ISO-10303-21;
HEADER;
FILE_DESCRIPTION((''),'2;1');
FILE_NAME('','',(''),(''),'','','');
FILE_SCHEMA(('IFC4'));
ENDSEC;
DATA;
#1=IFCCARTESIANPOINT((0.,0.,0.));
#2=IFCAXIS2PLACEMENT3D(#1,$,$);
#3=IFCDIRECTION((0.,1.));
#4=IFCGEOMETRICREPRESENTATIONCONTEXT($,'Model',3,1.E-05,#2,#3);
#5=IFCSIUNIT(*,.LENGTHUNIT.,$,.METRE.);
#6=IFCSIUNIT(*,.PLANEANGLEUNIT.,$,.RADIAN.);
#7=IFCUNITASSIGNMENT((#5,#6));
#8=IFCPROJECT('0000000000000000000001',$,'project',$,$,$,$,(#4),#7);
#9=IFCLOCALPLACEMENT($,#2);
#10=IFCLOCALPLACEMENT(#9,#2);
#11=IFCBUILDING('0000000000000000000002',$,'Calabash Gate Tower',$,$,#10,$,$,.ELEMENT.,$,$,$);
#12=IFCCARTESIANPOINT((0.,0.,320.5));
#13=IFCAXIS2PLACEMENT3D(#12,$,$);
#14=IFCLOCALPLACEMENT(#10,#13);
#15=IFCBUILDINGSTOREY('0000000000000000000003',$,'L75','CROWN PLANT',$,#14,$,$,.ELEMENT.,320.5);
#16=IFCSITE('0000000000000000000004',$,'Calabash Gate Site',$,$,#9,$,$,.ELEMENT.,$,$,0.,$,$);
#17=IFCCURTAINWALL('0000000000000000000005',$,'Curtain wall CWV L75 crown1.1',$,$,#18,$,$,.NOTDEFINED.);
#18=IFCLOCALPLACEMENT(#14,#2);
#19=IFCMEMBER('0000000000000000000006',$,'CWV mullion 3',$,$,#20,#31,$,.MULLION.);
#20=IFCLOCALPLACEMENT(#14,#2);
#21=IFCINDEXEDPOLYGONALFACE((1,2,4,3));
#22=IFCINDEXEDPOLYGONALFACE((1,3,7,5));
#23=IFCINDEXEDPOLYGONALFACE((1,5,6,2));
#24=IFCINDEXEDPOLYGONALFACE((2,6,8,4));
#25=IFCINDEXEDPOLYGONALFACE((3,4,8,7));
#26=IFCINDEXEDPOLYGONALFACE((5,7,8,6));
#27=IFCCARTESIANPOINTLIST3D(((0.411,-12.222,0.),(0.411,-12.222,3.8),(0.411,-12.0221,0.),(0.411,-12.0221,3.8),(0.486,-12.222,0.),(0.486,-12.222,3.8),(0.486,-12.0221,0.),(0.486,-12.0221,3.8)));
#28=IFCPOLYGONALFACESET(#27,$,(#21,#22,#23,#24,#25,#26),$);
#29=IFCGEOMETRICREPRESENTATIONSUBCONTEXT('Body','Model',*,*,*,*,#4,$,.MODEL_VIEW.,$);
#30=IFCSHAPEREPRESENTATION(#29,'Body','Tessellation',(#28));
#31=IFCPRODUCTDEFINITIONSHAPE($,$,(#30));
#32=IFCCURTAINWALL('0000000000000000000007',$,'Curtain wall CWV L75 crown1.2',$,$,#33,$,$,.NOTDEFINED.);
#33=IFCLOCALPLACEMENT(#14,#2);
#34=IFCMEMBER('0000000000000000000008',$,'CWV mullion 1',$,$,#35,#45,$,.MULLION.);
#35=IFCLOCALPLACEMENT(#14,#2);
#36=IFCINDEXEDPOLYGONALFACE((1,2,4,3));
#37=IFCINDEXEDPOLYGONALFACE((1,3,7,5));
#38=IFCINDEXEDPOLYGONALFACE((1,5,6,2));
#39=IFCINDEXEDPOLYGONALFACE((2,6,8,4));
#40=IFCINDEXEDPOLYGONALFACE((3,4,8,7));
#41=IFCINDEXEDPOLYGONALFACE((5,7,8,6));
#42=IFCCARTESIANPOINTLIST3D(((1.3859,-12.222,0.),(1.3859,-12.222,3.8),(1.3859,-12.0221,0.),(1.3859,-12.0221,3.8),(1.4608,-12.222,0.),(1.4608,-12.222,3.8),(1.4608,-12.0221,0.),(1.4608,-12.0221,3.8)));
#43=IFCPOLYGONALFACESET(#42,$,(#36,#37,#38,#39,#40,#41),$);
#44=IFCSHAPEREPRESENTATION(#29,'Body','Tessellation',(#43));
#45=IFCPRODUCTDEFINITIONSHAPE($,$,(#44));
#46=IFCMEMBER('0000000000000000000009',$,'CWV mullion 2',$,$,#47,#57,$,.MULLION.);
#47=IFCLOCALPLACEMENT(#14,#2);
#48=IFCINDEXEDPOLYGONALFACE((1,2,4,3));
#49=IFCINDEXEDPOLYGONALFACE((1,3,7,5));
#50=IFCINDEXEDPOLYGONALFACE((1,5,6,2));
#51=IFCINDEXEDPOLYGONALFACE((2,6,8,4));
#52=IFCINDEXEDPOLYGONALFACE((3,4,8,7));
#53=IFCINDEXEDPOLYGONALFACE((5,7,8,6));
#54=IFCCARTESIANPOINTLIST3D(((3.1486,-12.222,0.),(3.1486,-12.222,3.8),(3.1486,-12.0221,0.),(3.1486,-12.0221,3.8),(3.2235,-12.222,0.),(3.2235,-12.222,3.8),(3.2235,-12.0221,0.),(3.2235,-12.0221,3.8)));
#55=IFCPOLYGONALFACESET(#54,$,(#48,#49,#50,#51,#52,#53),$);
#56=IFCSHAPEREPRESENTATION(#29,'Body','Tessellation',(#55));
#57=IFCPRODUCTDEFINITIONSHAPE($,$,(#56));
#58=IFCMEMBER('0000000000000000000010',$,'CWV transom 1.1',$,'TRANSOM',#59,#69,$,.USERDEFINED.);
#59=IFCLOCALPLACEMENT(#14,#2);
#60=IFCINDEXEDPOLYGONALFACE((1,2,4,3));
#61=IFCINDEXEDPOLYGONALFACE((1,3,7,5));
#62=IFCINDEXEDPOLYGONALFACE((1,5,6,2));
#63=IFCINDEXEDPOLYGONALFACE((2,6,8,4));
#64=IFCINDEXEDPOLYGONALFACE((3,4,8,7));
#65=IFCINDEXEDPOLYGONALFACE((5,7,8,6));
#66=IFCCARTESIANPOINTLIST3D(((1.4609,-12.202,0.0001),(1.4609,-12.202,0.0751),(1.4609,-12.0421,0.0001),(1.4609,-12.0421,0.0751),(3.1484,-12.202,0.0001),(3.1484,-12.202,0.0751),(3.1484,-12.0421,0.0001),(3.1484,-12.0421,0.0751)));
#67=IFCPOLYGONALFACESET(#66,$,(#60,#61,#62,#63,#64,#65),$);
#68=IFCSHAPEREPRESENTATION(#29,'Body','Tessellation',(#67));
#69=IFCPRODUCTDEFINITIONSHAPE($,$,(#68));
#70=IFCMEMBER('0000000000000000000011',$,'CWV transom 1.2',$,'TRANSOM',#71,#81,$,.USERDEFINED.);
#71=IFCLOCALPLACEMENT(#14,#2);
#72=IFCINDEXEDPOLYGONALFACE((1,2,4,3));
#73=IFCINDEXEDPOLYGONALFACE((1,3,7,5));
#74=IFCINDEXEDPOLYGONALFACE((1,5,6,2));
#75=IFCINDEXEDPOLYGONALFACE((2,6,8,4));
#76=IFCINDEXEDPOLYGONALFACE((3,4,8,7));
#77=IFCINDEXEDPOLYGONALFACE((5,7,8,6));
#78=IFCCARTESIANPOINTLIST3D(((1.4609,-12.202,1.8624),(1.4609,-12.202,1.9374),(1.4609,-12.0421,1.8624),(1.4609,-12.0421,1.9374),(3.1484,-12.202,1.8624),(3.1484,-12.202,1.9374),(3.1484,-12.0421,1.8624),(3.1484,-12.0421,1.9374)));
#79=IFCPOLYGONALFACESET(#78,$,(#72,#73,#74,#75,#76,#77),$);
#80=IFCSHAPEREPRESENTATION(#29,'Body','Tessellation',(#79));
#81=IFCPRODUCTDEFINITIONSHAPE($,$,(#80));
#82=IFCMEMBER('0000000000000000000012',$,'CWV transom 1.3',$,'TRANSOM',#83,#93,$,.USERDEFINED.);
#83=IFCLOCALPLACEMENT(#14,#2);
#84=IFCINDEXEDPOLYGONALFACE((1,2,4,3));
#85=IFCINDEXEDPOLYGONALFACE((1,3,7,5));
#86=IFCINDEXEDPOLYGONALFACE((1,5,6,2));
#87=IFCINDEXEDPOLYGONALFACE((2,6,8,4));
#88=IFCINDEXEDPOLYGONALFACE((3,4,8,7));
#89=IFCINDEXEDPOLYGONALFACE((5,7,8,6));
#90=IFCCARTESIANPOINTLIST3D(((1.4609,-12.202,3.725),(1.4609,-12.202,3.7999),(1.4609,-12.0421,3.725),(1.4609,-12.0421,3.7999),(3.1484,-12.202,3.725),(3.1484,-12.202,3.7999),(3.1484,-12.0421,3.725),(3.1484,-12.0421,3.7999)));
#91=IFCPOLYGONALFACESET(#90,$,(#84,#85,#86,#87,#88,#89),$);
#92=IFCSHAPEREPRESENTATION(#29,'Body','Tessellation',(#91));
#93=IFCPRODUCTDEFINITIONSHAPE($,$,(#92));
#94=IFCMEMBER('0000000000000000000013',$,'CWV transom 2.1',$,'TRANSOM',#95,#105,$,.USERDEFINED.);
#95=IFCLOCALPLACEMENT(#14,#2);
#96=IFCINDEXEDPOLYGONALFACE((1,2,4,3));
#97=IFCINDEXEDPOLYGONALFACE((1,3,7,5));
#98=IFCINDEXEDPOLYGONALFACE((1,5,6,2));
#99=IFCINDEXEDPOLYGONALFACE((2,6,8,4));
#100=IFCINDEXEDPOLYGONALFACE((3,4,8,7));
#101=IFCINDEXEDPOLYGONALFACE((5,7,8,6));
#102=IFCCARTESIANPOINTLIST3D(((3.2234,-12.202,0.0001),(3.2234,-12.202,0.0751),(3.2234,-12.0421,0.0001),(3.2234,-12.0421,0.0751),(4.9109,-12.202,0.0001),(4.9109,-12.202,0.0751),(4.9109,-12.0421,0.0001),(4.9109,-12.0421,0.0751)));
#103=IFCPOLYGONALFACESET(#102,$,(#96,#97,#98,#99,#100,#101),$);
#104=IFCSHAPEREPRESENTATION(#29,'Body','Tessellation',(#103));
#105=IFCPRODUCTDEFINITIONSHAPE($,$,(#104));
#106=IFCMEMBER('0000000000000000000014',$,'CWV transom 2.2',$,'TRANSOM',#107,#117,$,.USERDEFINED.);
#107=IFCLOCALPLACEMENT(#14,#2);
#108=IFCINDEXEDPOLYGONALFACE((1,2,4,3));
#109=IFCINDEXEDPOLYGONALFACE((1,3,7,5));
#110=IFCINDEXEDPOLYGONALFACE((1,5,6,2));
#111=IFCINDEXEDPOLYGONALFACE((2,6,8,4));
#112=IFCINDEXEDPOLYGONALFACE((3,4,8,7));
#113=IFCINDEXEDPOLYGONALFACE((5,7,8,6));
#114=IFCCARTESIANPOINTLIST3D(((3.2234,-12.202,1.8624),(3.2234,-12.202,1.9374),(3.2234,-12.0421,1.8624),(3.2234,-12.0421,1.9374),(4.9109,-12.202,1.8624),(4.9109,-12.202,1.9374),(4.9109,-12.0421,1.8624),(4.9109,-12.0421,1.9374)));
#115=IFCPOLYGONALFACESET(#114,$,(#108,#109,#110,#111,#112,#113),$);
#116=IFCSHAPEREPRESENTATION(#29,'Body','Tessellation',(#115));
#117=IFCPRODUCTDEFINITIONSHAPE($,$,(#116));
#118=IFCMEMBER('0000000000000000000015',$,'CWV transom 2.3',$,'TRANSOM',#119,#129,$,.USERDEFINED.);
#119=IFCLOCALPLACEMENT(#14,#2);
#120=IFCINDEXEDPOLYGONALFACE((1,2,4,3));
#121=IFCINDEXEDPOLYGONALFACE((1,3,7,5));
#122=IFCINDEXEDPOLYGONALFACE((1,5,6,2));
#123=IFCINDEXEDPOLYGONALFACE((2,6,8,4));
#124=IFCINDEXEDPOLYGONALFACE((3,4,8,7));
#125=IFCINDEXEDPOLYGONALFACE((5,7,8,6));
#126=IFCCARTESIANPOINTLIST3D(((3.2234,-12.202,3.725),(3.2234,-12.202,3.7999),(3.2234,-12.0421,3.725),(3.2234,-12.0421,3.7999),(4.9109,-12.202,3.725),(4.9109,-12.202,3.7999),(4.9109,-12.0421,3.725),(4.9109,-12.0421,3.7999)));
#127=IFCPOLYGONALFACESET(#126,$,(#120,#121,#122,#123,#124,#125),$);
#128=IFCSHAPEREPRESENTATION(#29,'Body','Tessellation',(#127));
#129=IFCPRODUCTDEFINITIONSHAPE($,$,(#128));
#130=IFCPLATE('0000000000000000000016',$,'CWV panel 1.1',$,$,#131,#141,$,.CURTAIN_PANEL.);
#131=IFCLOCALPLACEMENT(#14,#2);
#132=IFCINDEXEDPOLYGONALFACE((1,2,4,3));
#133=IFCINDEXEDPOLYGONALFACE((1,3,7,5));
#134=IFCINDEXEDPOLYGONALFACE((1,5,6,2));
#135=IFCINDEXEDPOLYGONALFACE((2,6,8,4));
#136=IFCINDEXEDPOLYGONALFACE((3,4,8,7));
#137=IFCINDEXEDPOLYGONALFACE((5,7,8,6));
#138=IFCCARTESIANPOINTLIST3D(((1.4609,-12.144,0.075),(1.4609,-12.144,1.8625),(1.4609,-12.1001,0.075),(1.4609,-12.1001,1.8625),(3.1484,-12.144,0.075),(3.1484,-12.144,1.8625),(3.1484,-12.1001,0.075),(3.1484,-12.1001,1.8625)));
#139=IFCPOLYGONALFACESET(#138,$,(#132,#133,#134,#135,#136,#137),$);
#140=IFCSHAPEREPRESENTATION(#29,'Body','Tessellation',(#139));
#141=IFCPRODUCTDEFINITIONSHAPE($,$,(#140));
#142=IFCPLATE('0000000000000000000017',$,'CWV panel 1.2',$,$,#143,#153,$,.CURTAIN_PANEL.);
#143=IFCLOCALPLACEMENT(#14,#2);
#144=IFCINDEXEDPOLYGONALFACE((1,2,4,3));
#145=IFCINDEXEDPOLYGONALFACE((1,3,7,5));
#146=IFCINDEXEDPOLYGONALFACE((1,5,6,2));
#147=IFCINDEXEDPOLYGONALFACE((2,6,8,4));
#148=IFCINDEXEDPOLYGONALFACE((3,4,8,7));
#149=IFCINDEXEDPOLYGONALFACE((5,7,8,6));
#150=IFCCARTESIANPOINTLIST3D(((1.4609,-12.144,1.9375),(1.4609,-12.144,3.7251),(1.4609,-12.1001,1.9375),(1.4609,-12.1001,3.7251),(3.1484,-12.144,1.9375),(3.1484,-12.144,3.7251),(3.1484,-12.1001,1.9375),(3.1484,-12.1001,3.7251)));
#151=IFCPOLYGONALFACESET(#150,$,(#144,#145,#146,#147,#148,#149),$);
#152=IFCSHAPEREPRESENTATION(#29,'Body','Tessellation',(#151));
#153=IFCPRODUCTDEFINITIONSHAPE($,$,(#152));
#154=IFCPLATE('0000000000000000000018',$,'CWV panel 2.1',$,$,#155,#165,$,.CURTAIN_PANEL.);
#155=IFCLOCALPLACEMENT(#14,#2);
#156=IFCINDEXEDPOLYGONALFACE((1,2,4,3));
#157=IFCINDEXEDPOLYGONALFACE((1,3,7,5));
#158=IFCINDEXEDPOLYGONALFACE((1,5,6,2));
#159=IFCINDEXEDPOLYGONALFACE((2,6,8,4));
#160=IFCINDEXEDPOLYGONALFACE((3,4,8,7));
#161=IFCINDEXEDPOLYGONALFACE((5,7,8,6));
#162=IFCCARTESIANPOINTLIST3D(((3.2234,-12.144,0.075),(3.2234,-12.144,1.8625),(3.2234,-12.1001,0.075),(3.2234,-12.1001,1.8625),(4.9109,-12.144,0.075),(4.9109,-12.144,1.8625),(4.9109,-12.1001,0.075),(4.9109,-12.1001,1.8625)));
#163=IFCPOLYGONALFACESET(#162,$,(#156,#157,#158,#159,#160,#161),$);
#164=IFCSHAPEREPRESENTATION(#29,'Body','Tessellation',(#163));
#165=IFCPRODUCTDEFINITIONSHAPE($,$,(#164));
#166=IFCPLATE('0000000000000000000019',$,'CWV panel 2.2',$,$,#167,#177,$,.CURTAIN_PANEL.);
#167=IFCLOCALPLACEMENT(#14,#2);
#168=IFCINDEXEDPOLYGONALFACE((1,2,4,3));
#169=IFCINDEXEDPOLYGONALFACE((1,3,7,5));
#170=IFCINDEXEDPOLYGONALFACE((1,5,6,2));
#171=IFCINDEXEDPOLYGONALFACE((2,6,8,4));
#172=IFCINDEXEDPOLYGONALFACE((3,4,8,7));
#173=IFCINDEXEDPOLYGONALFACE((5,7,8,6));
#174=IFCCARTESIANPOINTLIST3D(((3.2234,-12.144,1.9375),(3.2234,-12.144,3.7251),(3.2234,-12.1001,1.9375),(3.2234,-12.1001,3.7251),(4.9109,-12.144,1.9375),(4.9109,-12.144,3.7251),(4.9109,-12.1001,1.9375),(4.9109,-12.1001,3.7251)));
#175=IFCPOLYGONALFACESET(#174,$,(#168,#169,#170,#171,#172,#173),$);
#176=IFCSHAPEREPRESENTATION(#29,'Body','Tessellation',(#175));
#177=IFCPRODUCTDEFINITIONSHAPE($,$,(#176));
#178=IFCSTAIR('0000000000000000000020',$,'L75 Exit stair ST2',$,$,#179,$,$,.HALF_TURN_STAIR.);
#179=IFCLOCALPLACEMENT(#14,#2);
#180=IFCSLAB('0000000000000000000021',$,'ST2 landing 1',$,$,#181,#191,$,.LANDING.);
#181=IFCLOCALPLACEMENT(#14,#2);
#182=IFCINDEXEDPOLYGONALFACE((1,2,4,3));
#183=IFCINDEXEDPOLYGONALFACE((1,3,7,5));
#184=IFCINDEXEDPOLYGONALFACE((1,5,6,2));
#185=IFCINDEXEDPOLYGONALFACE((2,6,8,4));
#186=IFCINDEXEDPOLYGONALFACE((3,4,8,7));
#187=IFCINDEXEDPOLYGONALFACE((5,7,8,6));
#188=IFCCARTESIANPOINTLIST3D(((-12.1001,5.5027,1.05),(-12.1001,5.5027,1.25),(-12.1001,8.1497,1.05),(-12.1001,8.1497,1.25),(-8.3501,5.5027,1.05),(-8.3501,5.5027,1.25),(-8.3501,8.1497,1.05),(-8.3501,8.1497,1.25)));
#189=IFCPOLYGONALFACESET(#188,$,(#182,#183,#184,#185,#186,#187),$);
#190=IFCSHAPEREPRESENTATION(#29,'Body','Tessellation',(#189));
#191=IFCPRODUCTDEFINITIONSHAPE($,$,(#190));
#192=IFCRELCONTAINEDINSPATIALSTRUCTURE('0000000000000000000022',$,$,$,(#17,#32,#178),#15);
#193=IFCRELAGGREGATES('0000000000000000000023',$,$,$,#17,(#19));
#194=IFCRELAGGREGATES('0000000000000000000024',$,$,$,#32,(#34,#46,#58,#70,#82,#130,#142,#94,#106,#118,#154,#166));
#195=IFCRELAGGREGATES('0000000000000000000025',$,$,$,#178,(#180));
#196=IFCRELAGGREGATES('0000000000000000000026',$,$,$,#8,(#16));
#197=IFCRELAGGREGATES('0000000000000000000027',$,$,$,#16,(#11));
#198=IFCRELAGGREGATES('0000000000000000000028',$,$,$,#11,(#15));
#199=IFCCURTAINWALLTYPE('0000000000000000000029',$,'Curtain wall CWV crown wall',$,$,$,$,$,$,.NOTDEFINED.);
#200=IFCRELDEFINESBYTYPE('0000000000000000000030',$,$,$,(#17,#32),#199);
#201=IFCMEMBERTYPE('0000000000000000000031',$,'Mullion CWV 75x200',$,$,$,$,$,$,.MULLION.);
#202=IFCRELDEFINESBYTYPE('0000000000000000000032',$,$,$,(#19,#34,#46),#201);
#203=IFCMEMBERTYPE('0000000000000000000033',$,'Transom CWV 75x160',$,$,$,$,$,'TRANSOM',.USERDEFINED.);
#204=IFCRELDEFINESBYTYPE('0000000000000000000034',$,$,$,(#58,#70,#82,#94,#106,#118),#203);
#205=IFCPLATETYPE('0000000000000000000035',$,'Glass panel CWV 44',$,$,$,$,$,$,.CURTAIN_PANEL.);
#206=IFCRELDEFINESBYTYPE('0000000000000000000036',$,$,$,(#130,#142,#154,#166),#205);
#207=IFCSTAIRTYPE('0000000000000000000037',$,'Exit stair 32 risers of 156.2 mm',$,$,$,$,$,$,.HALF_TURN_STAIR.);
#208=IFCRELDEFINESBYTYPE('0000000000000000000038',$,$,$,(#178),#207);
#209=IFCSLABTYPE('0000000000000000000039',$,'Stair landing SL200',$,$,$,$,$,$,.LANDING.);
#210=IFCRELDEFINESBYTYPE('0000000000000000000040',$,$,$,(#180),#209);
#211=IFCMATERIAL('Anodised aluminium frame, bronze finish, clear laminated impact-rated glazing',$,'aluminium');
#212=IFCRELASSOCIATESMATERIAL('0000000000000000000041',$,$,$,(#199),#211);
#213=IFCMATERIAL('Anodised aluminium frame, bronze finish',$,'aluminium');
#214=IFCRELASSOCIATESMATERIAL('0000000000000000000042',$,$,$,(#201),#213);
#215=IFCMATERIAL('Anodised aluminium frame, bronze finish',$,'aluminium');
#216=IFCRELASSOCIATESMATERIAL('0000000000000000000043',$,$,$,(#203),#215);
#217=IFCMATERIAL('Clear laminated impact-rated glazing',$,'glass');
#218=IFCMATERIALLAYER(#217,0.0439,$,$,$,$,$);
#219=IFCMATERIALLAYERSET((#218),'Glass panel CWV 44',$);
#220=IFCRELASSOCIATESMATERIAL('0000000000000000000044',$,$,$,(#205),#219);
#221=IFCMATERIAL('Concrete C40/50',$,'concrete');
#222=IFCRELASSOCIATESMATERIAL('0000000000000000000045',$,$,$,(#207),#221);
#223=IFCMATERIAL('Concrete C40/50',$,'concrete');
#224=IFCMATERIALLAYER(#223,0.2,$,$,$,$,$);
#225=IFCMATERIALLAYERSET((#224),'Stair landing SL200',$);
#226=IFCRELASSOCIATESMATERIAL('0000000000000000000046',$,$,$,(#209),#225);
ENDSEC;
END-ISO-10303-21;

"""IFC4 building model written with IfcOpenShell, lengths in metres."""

from ifc_helpers import new_model, si_unit, direction, frame, origin, origin_2d, place, context, subcontext, project, spatial, polyline, rectangle, outline, extrude, material, layer, layer_set, material_profile, profile_set, type_object, element, aggregate, save


model = new_model("IFC4")

# Units and contexts
model_context = context("Model", 3, precision=1e-05, world=origin(), true_north=direction((0.0, 1.0)))
body_context = subcontext(model_context, "Body", "Model", "MODEL_VIEW")
ifc_project = project(units=[si_unit("LENGTHUNIT", "METRE"), si_unit("PLANEANGLEUNIT", "RADIAN")], contexts=[model_context])

# Site, building, storey
site_placement = place(None, origin())
site = spatial("IfcSite", under=ifc_project, at=site_placement, Name="Calabash Gate Site", CompositionType="ELEMENT", RefElevation=0.0)
building_placement = place(site_placement, origin())
building = spatial("IfcBuilding", under=site, at=building_placement, Name="Calabash Gate Tower", CompositionType="ELEMENT")
storey_placement = place(building_placement, frame((0.0, 0.0, 320.5)))
storey = spatial("IfcBuildingStorey", under=building, at=storey_placement, Name="L75", Description="CROWN PLANT", CompositionType="ELEMENT", Elevation=320.5)

# Curtain wall, member
ifc_material_1 = material(Name="Anodised aluminium frame, bronze finish, clear laminated impact-rated glazing", Category="aluminium")
curtain_wall_type = type_object("IfcCurtainWallType", Name="Curtain wall CWV crown wall", PredefinedType="NOTDEFINED", material=ifc_material_1)
curtain_wall_1_placement = place(storey_placement, origin())
curtain_wall_1 = element("IfcCurtainWall", 1, at=curtain_wall_1_placement, inside=storey, type_object=curtain_wall_type, Name="Curtain wall CWV L75 crown1.1", PredefinedType="NOTDEFINED")
ifc_material_2 = material(Name="Anodised aluminium frame, bronze finish", Category="aluminium")
ifc_material_profile_1 = material_profile(ifc_material_2, rectangle(XDim=0.2, YDim=0.075, at=origin_2d()))
ifc_profile_set_1 = profile_set([ifc_material_profile_1], Name="Anodised aluminium frame, bronze finish")
member_type_1 = type_object("IfcMemberType", Name="Mullion CWV 75x200", PredefinedType="MULLION", material=ifc_profile_set_1)
member_1_placement = place(storey_placement, frame((0.4485, -12.1221, 0.0), z_axis=(0.0, 0.0, 1.0), x_axis=(0.0, 1.0, 0.0)))
member_1 = element("IfcMember", 2, at=member_1_placement, type_object=member_type_1, Name="CWV mullion 3", PredefinedType="MULLION", context=body_context, shape_type="SweptSolid", body=[
    extrude(rectangle(XDim=0.2, YDim=0.075, at=origin_2d()), origin(), (0.0, 0.0, 1.0), 3.8),
])
aggregate(curtain_wall_1, [member_1])

# Curtain wall, members, plates
curtain_wall_2_placement = place(storey_placement, origin())
curtain_wall_2 = element("IfcCurtainWall", 3, at=curtain_wall_2_placement, inside=storey, type_object=curtain_wall_type, Name="Curtain wall CWV L75 crown1.2", PredefinedType="NOTDEFINED")
member_2_placement = place(storey_placement, frame((1.4233, -12.1221, 0.0), z_axis=(0.0, 0.0, 1.0), x_axis=(0.0, 1.0, 0.0)))
member_2 = element("IfcMember", 4, at=member_2_placement, type_object=member_type_1, Name="CWV mullion 1", PredefinedType="MULLION", context=body_context, shape_type="SweptSolid", body=[
    extrude(rectangle(XDim=0.2, YDim=0.075, at=origin_2d()), origin(), (0.0, 0.0, 1.0), 3.8),
])
member_3_placement = place(storey_placement, frame((3.186, -12.1221, 0.0), z_axis=(0.0, 0.0, 1.0), x_axis=(0.0, 1.0, 0.0)))
member_3 = element("IfcMember", 5, at=member_3_placement, type_object=member_type_1, Name="CWV mullion 2", PredefinedType="MULLION", context=body_context, shape_type="SweptSolid", body=[
    extrude(rectangle(XDim=0.2, YDim=0.075, at=origin_2d()), origin(), (0.0, 0.0, 1.0), 3.8),
])
ifc_material_3 = material(Name="Anodised aluminium frame, bronze finish", Category="aluminium")
ifc_material_profile_2 = material_profile(ifc_material_3, rectangle(XDim=0.1599, YDim=0.075, at=origin_2d()))
ifc_profile_set_2 = profile_set([ifc_material_profile_2], Name="Anodised aluminium frame, bronze finish")
member_type_2 = type_object("IfcMemberType", Name="Transom CWV 75x160", ElementType="TRANSOM", PredefinedType="USERDEFINED", material=ifc_profile_set_2)
member_4_placement = place(storey_placement, frame((1.4609, -12.1221, 0.0376), z_axis=(1.0, 0.0, 0.0), x_axis=(0.0, 1.0, 0.0)))
member_4 = element("IfcMember", 6, at=member_4_placement, type_object=member_type_2, Name="CWV transom 1.1", ObjectType="TRANSOM", PredefinedType="USERDEFINED", context=body_context, shape_type="SweptSolid", body=[
    extrude(rectangle(XDim=0.1599, YDim=0.075, at=origin_2d()), origin(), (0.0, 0.0, 1.0), 1.6875),
])
member_5_placement = place(storey_placement, frame((1.4609, -12.1221, 1.8999), z_axis=(1.0, 0.0, 0.0), x_axis=(0.0, 1.0, 0.0)))
member_5 = element("IfcMember", 7, at=member_5_placement, type_object=member_type_2, Name="CWV transom 1.2", ObjectType="TRANSOM", PredefinedType="USERDEFINED", context=body_context, shape_type="SweptSolid", body=[
    extrude(rectangle(XDim=0.1599, YDim=0.075, at=origin_2d()), origin(), (0.0, 0.0, 1.0), 1.6875),
])
member_6_placement = place(storey_placement, frame((1.4609, -12.1221, 3.7625), z_axis=(1.0, 0.0, 0.0), x_axis=(0.0, 1.0, 0.0)))
member_6 = element("IfcMember", 8, at=member_6_placement, type_object=member_type_2, Name="CWV transom 1.3", ObjectType="TRANSOM", PredefinedType="USERDEFINED", context=body_context, shape_type="SweptSolid", body=[
    extrude(rectangle(XDim=0.1599, YDim=0.075, at=origin_2d()), origin(), (0.0, 0.0, 1.0), 1.6875),
])
member_7_placement = place(storey_placement, frame((3.2234, -12.1221, 0.0376), z_axis=(1.0, 0.0, 0.0), x_axis=(0.0, 1.0, 0.0)))
member_7 = element("IfcMember", 9, at=member_7_placement, type_object=member_type_2, Name="CWV transom 2.1", ObjectType="TRANSOM", PredefinedType="USERDEFINED", context=body_context, shape_type="SweptSolid", body=[
    extrude(rectangle(XDim=0.1599, YDim=0.075, at=origin_2d()), origin(), (0.0, 0.0, 1.0), 1.6875),
])
member_8_placement = place(storey_placement, frame((3.2234, -12.1221, 1.8999), z_axis=(1.0, 0.0, 0.0), x_axis=(0.0, 1.0, 0.0)))
member_8 = element("IfcMember", 10, at=member_8_placement, type_object=member_type_2, Name="CWV transom 2.2", ObjectType="TRANSOM", PredefinedType="USERDEFINED", context=body_context, shape_type="SweptSolid", body=[
    extrude(rectangle(XDim=0.1599, YDim=0.075, at=origin_2d()), origin(), (0.0, 0.0, 1.0), 1.6875),
])
member_9_placement = place(storey_placement, frame((3.2234, -12.1221, 3.7625), z_axis=(1.0, 0.0, 0.0), x_axis=(0.0, 1.0, 0.0)))
member_9 = element("IfcMember", 11, at=member_9_placement, type_object=member_type_2, Name="CWV transom 2.3", ObjectType="TRANSOM", PredefinedType="USERDEFINED", context=body_context, shape_type="SweptSolid", body=[
    extrude(rectangle(XDim=0.1599, YDim=0.075, at=origin_2d()), origin(), (0.0, 0.0, 1.0), 1.6875),
])
ifc_material_4 = material(Name="Clear laminated impact-rated glazing", Category="glass")
ifc_layer_1 = layer(ifc_material_4, 0.0439)
ifc_layer_set_1 = layer_set([ifc_layer_1], Name="Glass panel CWV 44")
plate_type = type_object("IfcPlateType", Name="Glass panel CWV 44", PredefinedType="CURTAIN_PANEL", material=ifc_layer_set_1)
plate_1_placement = place(storey_placement, frame((2.3047, -12.1221, 0.075), z_axis=(0.0, 0.0, 1.0), x_axis=(1.0, 0.0, 0.0)))
plate_1 = element("IfcPlate", 12, at=plate_1_placement, type_object=plate_type, Name="CWV panel 1.1", PredefinedType="CURTAIN_PANEL", context=body_context, shape_type="SweptSolid", body=[
    extrude(rectangle(XDim=1.6875, YDim=0.0439, at=origin_2d()), origin(), (0.0, 0.0, 1.0), 1.7876),
])
plate_2_placement = place(storey_placement, frame((2.3047, -12.1221, 1.9375), z_axis=(0.0, 0.0, 1.0), x_axis=(1.0, 0.0, 0.0)))
plate_2 = element("IfcPlate", 13, at=plate_2_placement, type_object=plate_type, Name="CWV panel 1.2", PredefinedType="CURTAIN_PANEL", context=body_context, shape_type="SweptSolid", body=[
    extrude(rectangle(XDim=1.6875, YDim=0.0439, at=origin_2d()), origin(), (0.0, 0.0, 1.0), 1.7876),
])
plate_3_placement = place(storey_placement, frame((4.0671, -12.1221, 0.075), z_axis=(0.0, 0.0, 1.0), x_axis=(1.0, 0.0, 0.0)))
plate_3 = element("IfcPlate", 14, at=plate_3_placement, type_object=plate_type, Name="CWV panel 2.1", PredefinedType="CURTAIN_PANEL", context=body_context, shape_type="SweptSolid", body=[
    extrude(rectangle(XDim=1.6875, YDim=0.0439, at=origin_2d()), origin(), (0.0, 0.0, 1.0), 1.7876),
])
plate_4_placement = place(storey_placement, frame((4.0671, -12.1221, 1.9375), z_axis=(0.0, 0.0, 1.0), x_axis=(1.0, 0.0, 0.0)))
plate_4 = element("IfcPlate", 15, at=plate_4_placement, type_object=plate_type, Name="CWV panel 2.2", PredefinedType="CURTAIN_PANEL", context=body_context, shape_type="SweptSolid", body=[
    extrude(rectangle(XDim=1.6875, YDim=0.0439, at=origin_2d()), origin(), (0.0, 0.0, 1.0), 1.7876),
])
aggregate(curtain_wall_2, [member_2, member_3, member_4, member_5, member_6, plate_1, plate_2, member_7, member_8, member_9, plate_3, plate_4])

# Stair, slab
ifc_material_5 = material(Name="Concrete C40/50", Category="concrete")
stair_type = type_object("IfcStairType", Name="Exit stair 32 risers of 156.2 mm", PredefinedType="HALF_TURN_STAIR", material=ifc_material_5)
stair_1_placement = place(storey_placement, origin())
stair_1 = element("IfcStair", 16, at=stair_1_placement, inside=storey, type_object=stair_type, Name="L75 Exit stair ST2", PredefinedType="HALF_TURN_STAIR")
ifc_material_6 = material(Name="Concrete C40/50", Category="concrete")
ifc_layer_2 = layer(ifc_material_6, 0.2)
ifc_layer_set_2 = layer_set([ifc_layer_2], Name="Stair landing SL200")
slab_type = type_object("IfcSlabType", Name="Stair landing SL200", PredefinedType="LANDING", material=ifc_layer_set_2)
slab_1_placement = place(storey_placement, frame((0.0, 0.0, 1.05)))
slab_1 = element("IfcSlab", 17, at=slab_1_placement, type_object=slab_type, Name="ST2 landing 1", PredefinedType="LANDING", context=body_context, shape_type="SweptSolid", body=[
    extrude(outline(polyline([(-12.1001, 8.1497), (-12.1001, 5.5027), (-8.3501, 5.5027), (-8.3501, 8.1497), (-12.1001, 8.1497)])), origin(), (0.0, 0.0, 1.0), 0.2),
])
aggregate(stair_1, [slab_1])

save(model, "model.ifc")
